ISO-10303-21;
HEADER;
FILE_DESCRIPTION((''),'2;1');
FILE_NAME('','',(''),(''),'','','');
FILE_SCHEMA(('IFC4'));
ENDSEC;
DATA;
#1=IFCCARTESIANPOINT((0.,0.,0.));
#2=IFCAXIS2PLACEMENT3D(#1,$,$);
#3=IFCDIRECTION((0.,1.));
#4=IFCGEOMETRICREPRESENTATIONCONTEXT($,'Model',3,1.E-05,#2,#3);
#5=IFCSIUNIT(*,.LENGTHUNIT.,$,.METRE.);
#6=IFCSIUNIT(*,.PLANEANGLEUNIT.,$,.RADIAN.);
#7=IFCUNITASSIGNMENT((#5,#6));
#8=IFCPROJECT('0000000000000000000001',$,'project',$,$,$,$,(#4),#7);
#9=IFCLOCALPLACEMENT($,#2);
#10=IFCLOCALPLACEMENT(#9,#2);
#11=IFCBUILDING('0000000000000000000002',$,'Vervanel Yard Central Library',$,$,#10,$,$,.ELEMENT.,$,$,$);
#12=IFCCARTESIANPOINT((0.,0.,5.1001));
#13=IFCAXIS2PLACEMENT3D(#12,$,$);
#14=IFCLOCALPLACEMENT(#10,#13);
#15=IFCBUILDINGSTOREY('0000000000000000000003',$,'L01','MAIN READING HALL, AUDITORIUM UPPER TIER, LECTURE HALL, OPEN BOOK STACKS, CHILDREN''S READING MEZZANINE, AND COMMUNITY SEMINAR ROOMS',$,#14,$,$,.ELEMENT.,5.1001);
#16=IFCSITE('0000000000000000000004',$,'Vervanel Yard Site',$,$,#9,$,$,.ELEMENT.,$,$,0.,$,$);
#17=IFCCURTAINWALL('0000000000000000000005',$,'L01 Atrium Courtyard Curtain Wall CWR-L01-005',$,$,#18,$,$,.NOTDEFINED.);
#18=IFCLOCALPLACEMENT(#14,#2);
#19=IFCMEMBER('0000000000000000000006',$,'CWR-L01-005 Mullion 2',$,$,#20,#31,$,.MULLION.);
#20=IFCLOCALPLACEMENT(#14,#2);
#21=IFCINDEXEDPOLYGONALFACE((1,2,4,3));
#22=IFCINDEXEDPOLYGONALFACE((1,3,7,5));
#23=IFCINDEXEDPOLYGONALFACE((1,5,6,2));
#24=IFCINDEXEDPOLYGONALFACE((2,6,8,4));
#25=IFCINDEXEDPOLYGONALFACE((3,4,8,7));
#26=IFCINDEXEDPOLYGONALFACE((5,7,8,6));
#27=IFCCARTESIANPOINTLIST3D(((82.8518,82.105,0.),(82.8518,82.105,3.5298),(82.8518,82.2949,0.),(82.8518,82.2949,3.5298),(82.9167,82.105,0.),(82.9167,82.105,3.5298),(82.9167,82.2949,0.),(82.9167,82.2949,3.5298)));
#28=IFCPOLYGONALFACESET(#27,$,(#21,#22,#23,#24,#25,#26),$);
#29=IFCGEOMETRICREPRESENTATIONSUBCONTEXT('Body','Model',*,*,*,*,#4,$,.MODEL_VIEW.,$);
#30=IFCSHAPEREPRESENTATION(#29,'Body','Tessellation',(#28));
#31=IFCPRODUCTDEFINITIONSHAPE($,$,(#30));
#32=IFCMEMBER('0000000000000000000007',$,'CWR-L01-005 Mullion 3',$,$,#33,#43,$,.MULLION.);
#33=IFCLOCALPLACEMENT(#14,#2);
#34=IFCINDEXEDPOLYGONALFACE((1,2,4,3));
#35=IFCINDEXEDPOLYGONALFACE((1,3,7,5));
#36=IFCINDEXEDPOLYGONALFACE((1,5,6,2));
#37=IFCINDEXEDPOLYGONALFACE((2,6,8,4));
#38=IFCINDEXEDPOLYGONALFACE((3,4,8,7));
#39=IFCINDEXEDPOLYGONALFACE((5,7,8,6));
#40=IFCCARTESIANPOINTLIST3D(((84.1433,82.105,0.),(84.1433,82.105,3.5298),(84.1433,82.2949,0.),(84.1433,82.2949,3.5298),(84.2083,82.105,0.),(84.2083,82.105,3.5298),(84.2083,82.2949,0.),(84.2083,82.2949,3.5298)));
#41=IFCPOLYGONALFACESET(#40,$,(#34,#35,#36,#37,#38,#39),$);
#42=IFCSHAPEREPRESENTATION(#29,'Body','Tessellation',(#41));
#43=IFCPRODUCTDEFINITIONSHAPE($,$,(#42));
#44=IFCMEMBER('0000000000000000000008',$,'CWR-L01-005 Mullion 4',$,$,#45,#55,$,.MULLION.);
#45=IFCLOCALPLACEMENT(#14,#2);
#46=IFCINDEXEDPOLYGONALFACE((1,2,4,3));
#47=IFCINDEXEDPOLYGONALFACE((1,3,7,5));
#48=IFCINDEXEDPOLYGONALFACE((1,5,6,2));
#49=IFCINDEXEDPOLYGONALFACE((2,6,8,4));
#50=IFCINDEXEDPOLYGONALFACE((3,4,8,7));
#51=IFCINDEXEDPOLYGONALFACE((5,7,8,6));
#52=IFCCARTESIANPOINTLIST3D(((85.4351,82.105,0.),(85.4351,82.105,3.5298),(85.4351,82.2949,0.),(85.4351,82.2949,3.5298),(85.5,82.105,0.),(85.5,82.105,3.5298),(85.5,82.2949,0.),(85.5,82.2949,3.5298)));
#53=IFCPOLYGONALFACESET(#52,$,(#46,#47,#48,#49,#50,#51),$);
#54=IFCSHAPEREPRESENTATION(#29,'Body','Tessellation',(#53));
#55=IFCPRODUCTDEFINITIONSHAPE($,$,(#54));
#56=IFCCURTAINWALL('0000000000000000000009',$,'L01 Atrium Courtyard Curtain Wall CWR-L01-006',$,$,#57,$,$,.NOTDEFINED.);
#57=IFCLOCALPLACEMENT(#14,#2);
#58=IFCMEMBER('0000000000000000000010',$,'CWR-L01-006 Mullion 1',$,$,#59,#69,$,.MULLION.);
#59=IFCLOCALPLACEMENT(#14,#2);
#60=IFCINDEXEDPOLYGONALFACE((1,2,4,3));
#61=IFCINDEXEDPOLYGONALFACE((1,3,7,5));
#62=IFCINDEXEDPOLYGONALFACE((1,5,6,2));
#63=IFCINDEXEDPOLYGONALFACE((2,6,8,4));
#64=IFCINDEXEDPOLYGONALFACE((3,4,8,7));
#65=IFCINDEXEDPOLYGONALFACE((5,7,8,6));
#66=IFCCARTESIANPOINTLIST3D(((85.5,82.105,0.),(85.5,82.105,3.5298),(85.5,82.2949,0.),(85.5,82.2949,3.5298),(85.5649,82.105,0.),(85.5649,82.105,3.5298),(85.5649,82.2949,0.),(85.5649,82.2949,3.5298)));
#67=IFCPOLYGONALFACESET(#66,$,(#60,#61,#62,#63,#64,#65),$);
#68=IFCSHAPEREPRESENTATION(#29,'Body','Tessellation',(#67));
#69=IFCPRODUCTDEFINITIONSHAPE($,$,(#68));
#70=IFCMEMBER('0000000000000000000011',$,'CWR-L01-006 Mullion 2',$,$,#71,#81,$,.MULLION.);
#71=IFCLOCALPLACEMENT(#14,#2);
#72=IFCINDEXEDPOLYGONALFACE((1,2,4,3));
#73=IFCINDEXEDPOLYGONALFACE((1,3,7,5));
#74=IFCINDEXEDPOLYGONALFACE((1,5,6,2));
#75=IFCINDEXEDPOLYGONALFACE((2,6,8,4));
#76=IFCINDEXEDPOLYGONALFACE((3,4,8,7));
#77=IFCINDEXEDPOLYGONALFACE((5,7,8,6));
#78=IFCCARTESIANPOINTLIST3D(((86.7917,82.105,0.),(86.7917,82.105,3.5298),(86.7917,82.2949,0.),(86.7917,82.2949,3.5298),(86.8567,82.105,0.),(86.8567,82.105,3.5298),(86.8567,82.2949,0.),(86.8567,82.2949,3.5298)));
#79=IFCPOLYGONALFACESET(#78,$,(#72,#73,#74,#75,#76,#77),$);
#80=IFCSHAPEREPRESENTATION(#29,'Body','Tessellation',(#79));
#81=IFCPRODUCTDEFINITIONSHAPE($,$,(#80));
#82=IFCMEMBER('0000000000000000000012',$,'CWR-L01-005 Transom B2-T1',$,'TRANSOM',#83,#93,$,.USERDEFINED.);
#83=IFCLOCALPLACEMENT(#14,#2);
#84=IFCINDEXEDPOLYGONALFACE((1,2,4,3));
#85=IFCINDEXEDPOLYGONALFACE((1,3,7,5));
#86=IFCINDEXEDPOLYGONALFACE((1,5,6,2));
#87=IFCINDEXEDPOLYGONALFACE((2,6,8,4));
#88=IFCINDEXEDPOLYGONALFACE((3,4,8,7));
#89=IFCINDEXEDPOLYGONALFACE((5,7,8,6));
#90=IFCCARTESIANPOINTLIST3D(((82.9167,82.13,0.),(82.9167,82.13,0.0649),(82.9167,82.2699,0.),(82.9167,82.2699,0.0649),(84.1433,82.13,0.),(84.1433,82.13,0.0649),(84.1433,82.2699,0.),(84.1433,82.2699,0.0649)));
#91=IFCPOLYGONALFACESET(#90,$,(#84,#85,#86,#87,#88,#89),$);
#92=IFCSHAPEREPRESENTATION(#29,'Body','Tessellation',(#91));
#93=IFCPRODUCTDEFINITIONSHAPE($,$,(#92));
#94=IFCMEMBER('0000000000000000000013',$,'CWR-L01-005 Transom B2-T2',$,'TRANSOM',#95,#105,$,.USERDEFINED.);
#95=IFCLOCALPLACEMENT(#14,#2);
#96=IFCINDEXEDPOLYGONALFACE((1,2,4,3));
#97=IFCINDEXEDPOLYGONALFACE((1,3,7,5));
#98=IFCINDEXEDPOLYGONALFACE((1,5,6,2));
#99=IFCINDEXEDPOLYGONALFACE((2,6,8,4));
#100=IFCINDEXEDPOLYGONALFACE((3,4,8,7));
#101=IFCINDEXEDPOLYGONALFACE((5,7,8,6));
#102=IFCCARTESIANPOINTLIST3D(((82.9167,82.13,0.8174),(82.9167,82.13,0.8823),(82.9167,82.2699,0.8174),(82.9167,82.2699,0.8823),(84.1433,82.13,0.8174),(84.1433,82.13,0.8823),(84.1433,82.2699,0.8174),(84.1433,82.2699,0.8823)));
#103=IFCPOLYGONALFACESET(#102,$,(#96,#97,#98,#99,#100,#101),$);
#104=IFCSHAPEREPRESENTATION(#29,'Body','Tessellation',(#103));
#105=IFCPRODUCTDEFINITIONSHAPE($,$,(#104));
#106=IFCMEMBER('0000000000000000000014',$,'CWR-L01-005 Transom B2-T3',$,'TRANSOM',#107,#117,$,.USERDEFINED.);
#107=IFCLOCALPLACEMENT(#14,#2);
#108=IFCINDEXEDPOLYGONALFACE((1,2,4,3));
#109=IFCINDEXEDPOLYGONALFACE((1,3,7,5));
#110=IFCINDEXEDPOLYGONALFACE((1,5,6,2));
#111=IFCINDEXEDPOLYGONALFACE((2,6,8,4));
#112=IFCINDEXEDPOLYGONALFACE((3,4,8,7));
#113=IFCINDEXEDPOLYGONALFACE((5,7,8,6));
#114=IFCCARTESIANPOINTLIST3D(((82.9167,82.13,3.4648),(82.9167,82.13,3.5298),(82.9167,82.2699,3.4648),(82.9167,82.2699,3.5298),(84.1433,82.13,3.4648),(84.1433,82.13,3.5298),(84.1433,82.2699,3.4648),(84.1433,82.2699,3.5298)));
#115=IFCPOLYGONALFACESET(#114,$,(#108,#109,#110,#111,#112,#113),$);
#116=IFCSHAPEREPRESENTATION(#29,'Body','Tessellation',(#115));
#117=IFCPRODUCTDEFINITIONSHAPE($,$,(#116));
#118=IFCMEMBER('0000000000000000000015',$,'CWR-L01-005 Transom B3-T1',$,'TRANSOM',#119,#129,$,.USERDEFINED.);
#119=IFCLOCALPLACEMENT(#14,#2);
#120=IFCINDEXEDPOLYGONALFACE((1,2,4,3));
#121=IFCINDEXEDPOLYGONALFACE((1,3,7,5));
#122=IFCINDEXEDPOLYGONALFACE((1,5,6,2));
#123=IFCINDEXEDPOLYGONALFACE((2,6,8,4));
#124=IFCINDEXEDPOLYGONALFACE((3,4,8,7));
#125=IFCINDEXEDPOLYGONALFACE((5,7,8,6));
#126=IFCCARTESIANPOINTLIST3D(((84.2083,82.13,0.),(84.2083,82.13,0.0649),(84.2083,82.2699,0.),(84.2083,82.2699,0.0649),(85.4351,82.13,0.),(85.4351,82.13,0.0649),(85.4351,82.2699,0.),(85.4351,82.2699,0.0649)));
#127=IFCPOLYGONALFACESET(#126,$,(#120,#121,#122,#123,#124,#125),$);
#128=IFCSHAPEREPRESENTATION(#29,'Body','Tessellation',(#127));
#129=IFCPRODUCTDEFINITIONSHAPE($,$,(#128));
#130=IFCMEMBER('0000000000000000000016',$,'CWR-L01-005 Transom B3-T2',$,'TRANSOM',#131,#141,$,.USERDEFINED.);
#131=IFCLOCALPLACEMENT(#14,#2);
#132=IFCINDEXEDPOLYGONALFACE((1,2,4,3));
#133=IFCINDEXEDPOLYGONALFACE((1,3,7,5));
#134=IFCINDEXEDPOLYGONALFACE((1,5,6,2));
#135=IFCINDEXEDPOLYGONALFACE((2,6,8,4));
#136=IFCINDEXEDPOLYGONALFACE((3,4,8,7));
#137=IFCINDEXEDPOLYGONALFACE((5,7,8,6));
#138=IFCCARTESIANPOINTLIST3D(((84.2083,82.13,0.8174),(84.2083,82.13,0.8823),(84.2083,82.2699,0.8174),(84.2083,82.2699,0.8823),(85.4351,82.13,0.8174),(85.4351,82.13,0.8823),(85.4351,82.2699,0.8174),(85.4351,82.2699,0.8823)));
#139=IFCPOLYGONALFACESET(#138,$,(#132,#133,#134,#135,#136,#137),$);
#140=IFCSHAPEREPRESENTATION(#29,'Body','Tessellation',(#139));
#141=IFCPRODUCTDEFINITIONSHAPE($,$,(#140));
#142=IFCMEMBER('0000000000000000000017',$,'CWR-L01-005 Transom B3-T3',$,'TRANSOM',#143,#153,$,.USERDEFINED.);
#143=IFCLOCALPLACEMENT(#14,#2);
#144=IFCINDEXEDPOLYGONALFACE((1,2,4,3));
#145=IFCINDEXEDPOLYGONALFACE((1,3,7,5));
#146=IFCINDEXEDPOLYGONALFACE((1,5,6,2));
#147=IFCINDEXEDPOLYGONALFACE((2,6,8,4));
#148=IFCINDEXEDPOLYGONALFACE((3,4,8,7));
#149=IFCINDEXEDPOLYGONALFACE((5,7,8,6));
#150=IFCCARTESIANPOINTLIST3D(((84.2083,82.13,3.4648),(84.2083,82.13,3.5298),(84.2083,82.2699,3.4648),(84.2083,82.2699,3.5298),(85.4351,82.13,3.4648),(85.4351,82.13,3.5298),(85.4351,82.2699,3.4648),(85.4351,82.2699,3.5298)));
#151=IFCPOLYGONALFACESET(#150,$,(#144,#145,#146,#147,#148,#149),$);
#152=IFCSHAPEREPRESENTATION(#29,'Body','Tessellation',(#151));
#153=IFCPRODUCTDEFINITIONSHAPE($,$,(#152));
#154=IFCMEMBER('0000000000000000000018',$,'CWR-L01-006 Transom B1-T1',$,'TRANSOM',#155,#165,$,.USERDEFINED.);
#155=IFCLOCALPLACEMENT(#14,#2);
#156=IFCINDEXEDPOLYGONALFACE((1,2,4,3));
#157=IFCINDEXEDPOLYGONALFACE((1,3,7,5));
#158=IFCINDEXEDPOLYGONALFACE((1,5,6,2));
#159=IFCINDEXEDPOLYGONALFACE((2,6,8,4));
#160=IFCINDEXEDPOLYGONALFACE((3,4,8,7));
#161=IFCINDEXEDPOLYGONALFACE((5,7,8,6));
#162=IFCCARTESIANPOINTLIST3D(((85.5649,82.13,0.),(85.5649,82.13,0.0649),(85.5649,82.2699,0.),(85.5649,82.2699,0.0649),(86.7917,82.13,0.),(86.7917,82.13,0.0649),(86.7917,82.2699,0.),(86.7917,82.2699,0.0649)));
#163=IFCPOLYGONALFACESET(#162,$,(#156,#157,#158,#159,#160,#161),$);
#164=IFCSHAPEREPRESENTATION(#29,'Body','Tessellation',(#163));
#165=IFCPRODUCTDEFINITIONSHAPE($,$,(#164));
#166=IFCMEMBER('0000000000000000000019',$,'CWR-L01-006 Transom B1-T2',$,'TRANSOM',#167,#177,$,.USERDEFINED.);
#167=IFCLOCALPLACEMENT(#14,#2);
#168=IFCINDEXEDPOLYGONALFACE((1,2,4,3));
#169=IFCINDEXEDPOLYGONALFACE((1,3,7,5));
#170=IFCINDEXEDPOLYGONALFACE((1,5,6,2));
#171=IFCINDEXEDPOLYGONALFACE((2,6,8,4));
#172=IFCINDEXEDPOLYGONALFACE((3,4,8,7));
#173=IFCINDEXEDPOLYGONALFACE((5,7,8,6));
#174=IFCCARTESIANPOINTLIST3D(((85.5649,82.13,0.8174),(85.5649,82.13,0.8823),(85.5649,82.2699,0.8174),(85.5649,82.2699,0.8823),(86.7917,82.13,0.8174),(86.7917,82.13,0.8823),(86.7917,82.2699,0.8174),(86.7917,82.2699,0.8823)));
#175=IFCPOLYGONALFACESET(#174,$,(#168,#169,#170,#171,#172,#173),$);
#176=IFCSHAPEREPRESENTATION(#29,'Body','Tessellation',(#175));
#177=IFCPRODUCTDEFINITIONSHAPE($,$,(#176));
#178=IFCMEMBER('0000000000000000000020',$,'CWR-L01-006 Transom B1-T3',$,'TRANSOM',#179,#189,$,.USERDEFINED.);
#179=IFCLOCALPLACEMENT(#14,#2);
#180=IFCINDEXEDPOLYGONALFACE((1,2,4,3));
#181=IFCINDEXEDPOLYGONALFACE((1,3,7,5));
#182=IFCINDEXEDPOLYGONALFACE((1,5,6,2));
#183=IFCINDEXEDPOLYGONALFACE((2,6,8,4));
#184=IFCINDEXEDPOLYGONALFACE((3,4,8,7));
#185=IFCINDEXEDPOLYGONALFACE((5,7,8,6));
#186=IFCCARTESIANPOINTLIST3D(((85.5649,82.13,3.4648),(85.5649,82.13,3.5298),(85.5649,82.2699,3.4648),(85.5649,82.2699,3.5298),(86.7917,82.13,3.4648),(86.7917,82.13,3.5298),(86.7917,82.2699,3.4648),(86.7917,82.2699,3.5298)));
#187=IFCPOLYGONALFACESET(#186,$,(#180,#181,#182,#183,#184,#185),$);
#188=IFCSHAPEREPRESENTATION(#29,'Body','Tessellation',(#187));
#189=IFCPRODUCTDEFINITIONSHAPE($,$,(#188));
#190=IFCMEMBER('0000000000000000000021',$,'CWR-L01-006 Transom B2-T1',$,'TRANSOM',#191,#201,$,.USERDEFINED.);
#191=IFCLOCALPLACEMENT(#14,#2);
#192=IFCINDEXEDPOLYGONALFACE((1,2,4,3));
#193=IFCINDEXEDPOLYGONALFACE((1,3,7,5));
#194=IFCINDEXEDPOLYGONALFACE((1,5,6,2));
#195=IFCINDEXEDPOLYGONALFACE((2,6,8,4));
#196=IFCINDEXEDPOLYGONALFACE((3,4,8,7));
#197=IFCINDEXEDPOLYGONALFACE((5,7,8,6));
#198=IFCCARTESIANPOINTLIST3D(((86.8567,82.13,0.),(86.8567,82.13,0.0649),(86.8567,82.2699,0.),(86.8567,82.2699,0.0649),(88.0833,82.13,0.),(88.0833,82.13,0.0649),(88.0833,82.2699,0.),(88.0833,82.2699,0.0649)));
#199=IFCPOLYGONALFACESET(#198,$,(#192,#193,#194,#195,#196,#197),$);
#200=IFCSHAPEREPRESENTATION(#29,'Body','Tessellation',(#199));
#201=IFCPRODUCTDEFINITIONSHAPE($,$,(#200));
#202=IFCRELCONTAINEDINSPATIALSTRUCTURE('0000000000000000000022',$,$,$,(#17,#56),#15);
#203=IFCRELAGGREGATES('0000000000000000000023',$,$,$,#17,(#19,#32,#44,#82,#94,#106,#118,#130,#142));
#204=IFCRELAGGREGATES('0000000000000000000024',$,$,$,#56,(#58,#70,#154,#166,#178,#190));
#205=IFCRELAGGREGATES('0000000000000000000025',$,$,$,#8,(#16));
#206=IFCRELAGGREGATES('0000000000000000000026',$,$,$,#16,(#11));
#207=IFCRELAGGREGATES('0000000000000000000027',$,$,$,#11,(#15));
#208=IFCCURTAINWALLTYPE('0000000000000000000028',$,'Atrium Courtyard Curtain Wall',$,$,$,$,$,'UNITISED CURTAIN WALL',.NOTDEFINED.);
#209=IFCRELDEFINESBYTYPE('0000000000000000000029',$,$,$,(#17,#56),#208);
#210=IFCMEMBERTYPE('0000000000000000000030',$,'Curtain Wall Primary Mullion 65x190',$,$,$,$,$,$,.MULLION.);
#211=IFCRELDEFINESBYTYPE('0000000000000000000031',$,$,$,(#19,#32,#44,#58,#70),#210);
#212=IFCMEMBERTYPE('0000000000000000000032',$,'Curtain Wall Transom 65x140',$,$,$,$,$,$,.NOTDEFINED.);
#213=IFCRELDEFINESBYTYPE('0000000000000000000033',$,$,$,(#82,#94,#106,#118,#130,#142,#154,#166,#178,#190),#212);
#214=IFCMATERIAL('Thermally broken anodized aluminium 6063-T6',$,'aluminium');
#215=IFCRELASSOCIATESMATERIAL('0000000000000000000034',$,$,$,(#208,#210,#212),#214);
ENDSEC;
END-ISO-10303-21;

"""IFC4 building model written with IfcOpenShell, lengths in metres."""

from ifc_helpers import new_model, si_unit, direction, frame, origin, origin_2d, place, context, subcontext, project, spatial, rectangle, extrude, material, material_profile, profile_set, type_object, element, aggregate, save


model = new_model("IFC4")

# Units and contexts
model_context = context("Model", 3, precision=1e-05, world=origin(), true_north=direction((0.0, 1.0)))
body_context = subcontext(model_context, "Body", "Model", "MODEL_VIEW")
ifc_project = project(units=[si_unit("LENGTHUNIT", "METRE"), si_unit("PLANEANGLEUNIT", "RADIAN")], contexts=[model_context])

# Site, building, storey
site_placement = place(None, origin())
site = spatial("IfcSite", under=ifc_project, at=site_placement, Name="Vervanel Yard Site", CompositionType="ELEMENT", RefElevation=0.0)
building_placement = place(site_placement, origin())
building = spatial("IfcBuilding", under=site, at=building_placement, Name="Vervanel Yard Central Library", CompositionType="ELEMENT")
storey_placement = place(building_placement, frame((0.0, 0.0, 5.1001)))
storey = spatial("IfcBuildingStorey", under=building, at=storey_placement, Name="L01", Description="MAIN READING HALL, AUDITORIUM UPPER TIER, LECTURE HALL, OPEN BOOK STACKS, CHILDREN'S READING MEZZANINE, AND COMMUNITY SEMINAR ROOMS", CompositionType="ELEMENT", Elevation=5.1001)

# Curtain walls, members
ifc_material_1 = material(Name="Thermally broken anodized aluminium 6063-T6", Category="aluminium")
curtain_wall_type = type_object("IfcCurtainWallType", Name="Atrium Courtyard Curtain Wall", ElementType="UNITISED CURTAIN WALL", PredefinedType="NOTDEFINED", material=ifc_material_1)
curtain_wall_1_placement = place(storey_placement, origin())
curtain_wall_1 = element("IfcCurtainWall", 1, at=curtain_wall_1_placement, inside=storey, type_object=curtain_wall_type, Name="L01 Atrium Courtyard Curtain Wall CWR-L01-005", PredefinedType="NOTDEFINED")
ifc_material_profile_1 = material_profile(ifc_material_1, rectangle(XDim=0.0649, YDim=0.1899, at=origin_2d()), Name="ALU 65x190", Category="aluminium")
ifc_profile_set_1 = profile_set([ifc_material_profile_1], Name="Thermally broken anodized aluminium 6063-T6")
member_type_1 = type_object("IfcMemberType", Name="Curtain Wall Primary Mullion 65x190", PredefinedType="MULLION", material=ifc_profile_set_1)
member_1_placement = place(storey_placement, frame((82.8843, 82.2, 0.0), z_axis=(0.0, 0.0, 1.0), x_axis=(1.0, 0.0, 0.0)))
member_1 = element("IfcMember", 2, at=member_1_placement, type_object=member_type_1, Name="CWR-L01-005 Mullion 2", PredefinedType="MULLION", context=body_context, shape_type="SweptSolid", body=[
    extrude(rectangle(XDim=0.0649, YDim=0.1899, at=origin_2d()), origin(), (0.0, 0.0, 1.0), 3.5298),
])
member_2_placement = place(storey_placement, frame((84.1758, 82.2, 0.0), z_axis=(0.0, 0.0, 1.0), x_axis=(1.0, 0.0, 0.0)))
member_2 = element("IfcMember", 3, at=member_2_placement, type_object=member_type_1, Name="CWR-L01-005 Mullion 3", PredefinedType="MULLION", context=body_context, shape_type="SweptSolid", body=[
    extrude(rectangle(XDim=0.0649, YDim=0.1899, at=origin_2d()), origin(), (0.0, 0.0, 1.0), 3.5298),
])
member_3_placement = place(storey_placement, frame((85.4675, 82.2, 0.0), z_axis=(0.0, 0.0, 1.0), x_axis=(1.0, 0.0, 0.0)))
member_3 = element("IfcMember", 4, at=member_3_placement, type_object=member_type_1, Name="CWR-L01-005 Mullion 4", PredefinedType="MULLION", context=body_context, shape_type="SweptSolid", body=[
    extrude(rectangle(XDim=0.0649, YDim=0.1899, at=origin_2d()), origin(), (0.0, 0.0, 1.0), 3.5298),
])
curtain_wall_2_placement = place(storey_placement, origin())
curtain_wall_2 = element("IfcCurtainWall", 5, at=curtain_wall_2_placement, inside=storey, type_object=curtain_wall_type, Name="L01 Atrium Courtyard Curtain Wall CWR-L01-006", PredefinedType="NOTDEFINED")
member_4_placement = place(storey_placement, frame((85.5325, 82.2, 0.0), z_axis=(0.0, 0.0, 1.0), x_axis=(1.0, 0.0, 0.0)))
member_4 = element("IfcMember", 6, at=member_4_placement, type_object=member_type_1, Name="CWR-L01-006 Mullion 1", PredefinedType="MULLION", context=body_context, shape_type="SweptSolid", body=[
    extrude(rectangle(XDim=0.0649, YDim=0.1899, at=origin_2d()), origin(), (0.0, 0.0, 1.0), 3.5298),
])
member_5_placement = place(storey_placement, frame((86.8242, 82.2, 0.0), z_axis=(0.0, 0.0, 1.0), x_axis=(1.0, 0.0, 0.0)))
member_5 = element("IfcMember", 7, at=member_5_placement, type_object=member_type_1, Name="CWR-L01-006 Mullion 2", PredefinedType="MULLION", context=body_context, shape_type="SweptSolid", body=[
    extrude(rectangle(XDim=0.0649, YDim=0.1899, at=origin_2d()), origin(), (0.0, 0.0, 1.0), 3.5298),
])

# Members
ifc_material_profile_2 = material_profile(ifc_material_1, rectangle(XDim=0.0649, YDim=0.1399, at=origin_2d()), Name="ALU 65x140", Category="aluminium")
ifc_profile_set_2 = profile_set([ifc_material_profile_2], Name="Thermally broken anodized aluminium 6063-T6")
member_type_2 = type_object("IfcMemberType", Name="Curtain Wall Transom 65x140", PredefinedType="NOTDEFINED", material=ifc_profile_set_2)
member_6_placement = place(storey_placement, frame((82.9167, 82.2, 0.0325), z_axis=(1.0, 0.0, 0.0), x_axis=(0.0, 0.0, 1.0)))
member_6 = element("IfcMember", 8, at=member_6_placement, type_object=member_type_2, Name="CWR-L01-005 Transom B2-T1", ObjectType="TRANSOM", PredefinedType="USERDEFINED", context=body_context, shape_type="SweptSolid", body=[
    extrude(rectangle(XDim=0.0649, YDim=0.1399, at=origin_2d()), origin(), (0.0, 0.0, 1.0), 1.2266),
])
member_7_placement = place(storey_placement, frame((82.9167, 82.2, 0.8499), z_axis=(1.0, 0.0, 0.0), x_axis=(0.0, 0.0, 1.0)))
member_7 = element("IfcMember", 9, at=member_7_placement, type_object=member_type_2, Name="CWR-L01-005 Transom B2-T2", ObjectType="TRANSOM", PredefinedType="USERDEFINED", context=body_context, shape_type="SweptSolid", body=[
    extrude(rectangle(XDim=0.0649, YDim=0.1399, at=origin_2d()), origin(), (0.0, 0.0, 1.0), 1.2266),
])
member_8_placement = place(storey_placement, frame((82.9167, 82.2, 3.4973), z_axis=(1.0, 0.0, 0.0), x_axis=(0.0, 0.0, 1.0)))
member_8 = element("IfcMember", 10, at=member_8_placement, type_object=member_type_2, Name="CWR-L01-005 Transom B2-T3", ObjectType="TRANSOM", PredefinedType="USERDEFINED", context=body_context, shape_type="SweptSolid", body=[
    extrude(rectangle(XDim=0.0649, YDim=0.1399, at=origin_2d()), origin(), (0.0, 0.0, 1.0), 1.2266),
])
member_9_placement = place(storey_placement, frame((84.2083, 82.2, 0.0325), z_axis=(1.0, 0.0, 0.0), x_axis=(0.0, 0.0, 1.0)))
member_9 = element("IfcMember", 11, at=member_9_placement, type_object=member_type_2, Name="CWR-L01-005 Transom B3-T1", ObjectType="TRANSOM", PredefinedType="USERDEFINED", context=body_context, shape_type="SweptSolid", body=[
    extrude(rectangle(XDim=0.0649, YDim=0.1399, at=origin_2d()), origin(), (0.0, 0.0, 1.0), 1.2268),
])
member_10_placement = place(storey_placement, frame((84.2083, 82.2, 0.8499), z_axis=(1.0, 0.0, 0.0), x_axis=(0.0, 0.0, 1.0)))
member_10 = element("IfcMember", 12, at=member_10_placement, type_object=member_type_2, Name="CWR-L01-005 Transom B3-T2", ObjectType="TRANSOM", PredefinedType="USERDEFINED", context=body_context, shape_type="SweptSolid", body=[
    extrude(rectangle(XDim=0.0649, YDim=0.1399, at=origin_2d()), origin(), (0.0, 0.0, 1.0), 1.2268),
])
member_11_placement = place(storey_placement, frame((84.2083, 82.2, 3.4973), z_axis=(1.0, 0.0, 0.0), x_axis=(0.0, 0.0, 1.0)))
member_11 = element("IfcMember", 13, at=member_11_placement, type_object=member_type_2, Name="CWR-L01-005 Transom B3-T3", ObjectType="TRANSOM", PredefinedType="USERDEFINED", context=body_context, shape_type="SweptSolid", body=[
    extrude(rectangle(XDim=0.0649, YDim=0.1399, at=origin_2d()), origin(), (0.0, 0.0, 1.0), 1.2268),
])
member_12_placement = place(storey_placement, frame((85.5649, 82.2, 0.0325), z_axis=(1.0, 0.0, 0.0), x_axis=(0.0, 0.0, 1.0)))
member_12 = element("IfcMember", 14, at=member_12_placement, type_object=member_type_2, Name="CWR-L01-006 Transom B1-T1", ObjectType="TRANSOM", PredefinedType="USERDEFINED", context=body_context, shape_type="SweptSolid", body=[
    extrude(rectangle(XDim=0.0649, YDim=0.1399, at=origin_2d()), origin(), (0.0, 0.0, 1.0), 1.2268),
])
member_13_placement = place(storey_placement, frame((85.5649, 82.2, 0.8499), z_axis=(1.0, 0.0, 0.0), x_axis=(0.0, 0.0, 1.0)))
member_13 = element("IfcMember", 15, at=member_13_placement, type_object=member_type_2, Name="CWR-L01-006 Transom B1-T2", ObjectType="TRANSOM", PredefinedType="USERDEFINED", context=body_context, shape_type="SweptSolid", body=[
    extrude(rectangle(XDim=0.0649, YDim=0.1399, at=origin_2d()), origin(), (0.0, 0.0, 1.0), 1.2268),
])
member_14_placement = place(storey_placement, frame((85.5649, 82.2, 3.4973), z_axis=(1.0, 0.0, 0.0), x_axis=(0.0, 0.0, 1.0)))
member_14 = element("IfcMember", 16, at=member_14_placement, type_object=member_type_2, Name="CWR-L01-006 Transom B1-T3", ObjectType="TRANSOM", PredefinedType="USERDEFINED", context=body_context, shape_type="SweptSolid", body=[
    extrude(rectangle(XDim=0.0649, YDim=0.1399, at=origin_2d()), origin(), (0.0, 0.0, 1.0), 1.2268),
])
member_15_placement = place(storey_placement, frame((86.8567, 82.2, 0.0325), z_axis=(1.0, 0.0, 0.0), x_axis=(0.0, 0.0, 1.0)))
member_15 = element("IfcMember", 17, at=member_15_placement, type_object=member_type_2, Name="CWR-L01-006 Transom B2-T1", ObjectType="TRANSOM", PredefinedType="USERDEFINED", context=body_context, shape_type="SweptSolid", body=[
    extrude(rectangle(XDim=0.0649, YDim=0.1399, at=origin_2d()), origin(), (0.0, 0.0, 1.0), 1.2266),
])

aggregate(curtain_wall_1, [member_1, member_2, member_3, member_6, member_7, member_8, member_9, member_10, member_11])
aggregate(curtain_wall_2, [member_4, member_5, member_12, member_13, member_14, member_15])

save(model, "model.ifc")
